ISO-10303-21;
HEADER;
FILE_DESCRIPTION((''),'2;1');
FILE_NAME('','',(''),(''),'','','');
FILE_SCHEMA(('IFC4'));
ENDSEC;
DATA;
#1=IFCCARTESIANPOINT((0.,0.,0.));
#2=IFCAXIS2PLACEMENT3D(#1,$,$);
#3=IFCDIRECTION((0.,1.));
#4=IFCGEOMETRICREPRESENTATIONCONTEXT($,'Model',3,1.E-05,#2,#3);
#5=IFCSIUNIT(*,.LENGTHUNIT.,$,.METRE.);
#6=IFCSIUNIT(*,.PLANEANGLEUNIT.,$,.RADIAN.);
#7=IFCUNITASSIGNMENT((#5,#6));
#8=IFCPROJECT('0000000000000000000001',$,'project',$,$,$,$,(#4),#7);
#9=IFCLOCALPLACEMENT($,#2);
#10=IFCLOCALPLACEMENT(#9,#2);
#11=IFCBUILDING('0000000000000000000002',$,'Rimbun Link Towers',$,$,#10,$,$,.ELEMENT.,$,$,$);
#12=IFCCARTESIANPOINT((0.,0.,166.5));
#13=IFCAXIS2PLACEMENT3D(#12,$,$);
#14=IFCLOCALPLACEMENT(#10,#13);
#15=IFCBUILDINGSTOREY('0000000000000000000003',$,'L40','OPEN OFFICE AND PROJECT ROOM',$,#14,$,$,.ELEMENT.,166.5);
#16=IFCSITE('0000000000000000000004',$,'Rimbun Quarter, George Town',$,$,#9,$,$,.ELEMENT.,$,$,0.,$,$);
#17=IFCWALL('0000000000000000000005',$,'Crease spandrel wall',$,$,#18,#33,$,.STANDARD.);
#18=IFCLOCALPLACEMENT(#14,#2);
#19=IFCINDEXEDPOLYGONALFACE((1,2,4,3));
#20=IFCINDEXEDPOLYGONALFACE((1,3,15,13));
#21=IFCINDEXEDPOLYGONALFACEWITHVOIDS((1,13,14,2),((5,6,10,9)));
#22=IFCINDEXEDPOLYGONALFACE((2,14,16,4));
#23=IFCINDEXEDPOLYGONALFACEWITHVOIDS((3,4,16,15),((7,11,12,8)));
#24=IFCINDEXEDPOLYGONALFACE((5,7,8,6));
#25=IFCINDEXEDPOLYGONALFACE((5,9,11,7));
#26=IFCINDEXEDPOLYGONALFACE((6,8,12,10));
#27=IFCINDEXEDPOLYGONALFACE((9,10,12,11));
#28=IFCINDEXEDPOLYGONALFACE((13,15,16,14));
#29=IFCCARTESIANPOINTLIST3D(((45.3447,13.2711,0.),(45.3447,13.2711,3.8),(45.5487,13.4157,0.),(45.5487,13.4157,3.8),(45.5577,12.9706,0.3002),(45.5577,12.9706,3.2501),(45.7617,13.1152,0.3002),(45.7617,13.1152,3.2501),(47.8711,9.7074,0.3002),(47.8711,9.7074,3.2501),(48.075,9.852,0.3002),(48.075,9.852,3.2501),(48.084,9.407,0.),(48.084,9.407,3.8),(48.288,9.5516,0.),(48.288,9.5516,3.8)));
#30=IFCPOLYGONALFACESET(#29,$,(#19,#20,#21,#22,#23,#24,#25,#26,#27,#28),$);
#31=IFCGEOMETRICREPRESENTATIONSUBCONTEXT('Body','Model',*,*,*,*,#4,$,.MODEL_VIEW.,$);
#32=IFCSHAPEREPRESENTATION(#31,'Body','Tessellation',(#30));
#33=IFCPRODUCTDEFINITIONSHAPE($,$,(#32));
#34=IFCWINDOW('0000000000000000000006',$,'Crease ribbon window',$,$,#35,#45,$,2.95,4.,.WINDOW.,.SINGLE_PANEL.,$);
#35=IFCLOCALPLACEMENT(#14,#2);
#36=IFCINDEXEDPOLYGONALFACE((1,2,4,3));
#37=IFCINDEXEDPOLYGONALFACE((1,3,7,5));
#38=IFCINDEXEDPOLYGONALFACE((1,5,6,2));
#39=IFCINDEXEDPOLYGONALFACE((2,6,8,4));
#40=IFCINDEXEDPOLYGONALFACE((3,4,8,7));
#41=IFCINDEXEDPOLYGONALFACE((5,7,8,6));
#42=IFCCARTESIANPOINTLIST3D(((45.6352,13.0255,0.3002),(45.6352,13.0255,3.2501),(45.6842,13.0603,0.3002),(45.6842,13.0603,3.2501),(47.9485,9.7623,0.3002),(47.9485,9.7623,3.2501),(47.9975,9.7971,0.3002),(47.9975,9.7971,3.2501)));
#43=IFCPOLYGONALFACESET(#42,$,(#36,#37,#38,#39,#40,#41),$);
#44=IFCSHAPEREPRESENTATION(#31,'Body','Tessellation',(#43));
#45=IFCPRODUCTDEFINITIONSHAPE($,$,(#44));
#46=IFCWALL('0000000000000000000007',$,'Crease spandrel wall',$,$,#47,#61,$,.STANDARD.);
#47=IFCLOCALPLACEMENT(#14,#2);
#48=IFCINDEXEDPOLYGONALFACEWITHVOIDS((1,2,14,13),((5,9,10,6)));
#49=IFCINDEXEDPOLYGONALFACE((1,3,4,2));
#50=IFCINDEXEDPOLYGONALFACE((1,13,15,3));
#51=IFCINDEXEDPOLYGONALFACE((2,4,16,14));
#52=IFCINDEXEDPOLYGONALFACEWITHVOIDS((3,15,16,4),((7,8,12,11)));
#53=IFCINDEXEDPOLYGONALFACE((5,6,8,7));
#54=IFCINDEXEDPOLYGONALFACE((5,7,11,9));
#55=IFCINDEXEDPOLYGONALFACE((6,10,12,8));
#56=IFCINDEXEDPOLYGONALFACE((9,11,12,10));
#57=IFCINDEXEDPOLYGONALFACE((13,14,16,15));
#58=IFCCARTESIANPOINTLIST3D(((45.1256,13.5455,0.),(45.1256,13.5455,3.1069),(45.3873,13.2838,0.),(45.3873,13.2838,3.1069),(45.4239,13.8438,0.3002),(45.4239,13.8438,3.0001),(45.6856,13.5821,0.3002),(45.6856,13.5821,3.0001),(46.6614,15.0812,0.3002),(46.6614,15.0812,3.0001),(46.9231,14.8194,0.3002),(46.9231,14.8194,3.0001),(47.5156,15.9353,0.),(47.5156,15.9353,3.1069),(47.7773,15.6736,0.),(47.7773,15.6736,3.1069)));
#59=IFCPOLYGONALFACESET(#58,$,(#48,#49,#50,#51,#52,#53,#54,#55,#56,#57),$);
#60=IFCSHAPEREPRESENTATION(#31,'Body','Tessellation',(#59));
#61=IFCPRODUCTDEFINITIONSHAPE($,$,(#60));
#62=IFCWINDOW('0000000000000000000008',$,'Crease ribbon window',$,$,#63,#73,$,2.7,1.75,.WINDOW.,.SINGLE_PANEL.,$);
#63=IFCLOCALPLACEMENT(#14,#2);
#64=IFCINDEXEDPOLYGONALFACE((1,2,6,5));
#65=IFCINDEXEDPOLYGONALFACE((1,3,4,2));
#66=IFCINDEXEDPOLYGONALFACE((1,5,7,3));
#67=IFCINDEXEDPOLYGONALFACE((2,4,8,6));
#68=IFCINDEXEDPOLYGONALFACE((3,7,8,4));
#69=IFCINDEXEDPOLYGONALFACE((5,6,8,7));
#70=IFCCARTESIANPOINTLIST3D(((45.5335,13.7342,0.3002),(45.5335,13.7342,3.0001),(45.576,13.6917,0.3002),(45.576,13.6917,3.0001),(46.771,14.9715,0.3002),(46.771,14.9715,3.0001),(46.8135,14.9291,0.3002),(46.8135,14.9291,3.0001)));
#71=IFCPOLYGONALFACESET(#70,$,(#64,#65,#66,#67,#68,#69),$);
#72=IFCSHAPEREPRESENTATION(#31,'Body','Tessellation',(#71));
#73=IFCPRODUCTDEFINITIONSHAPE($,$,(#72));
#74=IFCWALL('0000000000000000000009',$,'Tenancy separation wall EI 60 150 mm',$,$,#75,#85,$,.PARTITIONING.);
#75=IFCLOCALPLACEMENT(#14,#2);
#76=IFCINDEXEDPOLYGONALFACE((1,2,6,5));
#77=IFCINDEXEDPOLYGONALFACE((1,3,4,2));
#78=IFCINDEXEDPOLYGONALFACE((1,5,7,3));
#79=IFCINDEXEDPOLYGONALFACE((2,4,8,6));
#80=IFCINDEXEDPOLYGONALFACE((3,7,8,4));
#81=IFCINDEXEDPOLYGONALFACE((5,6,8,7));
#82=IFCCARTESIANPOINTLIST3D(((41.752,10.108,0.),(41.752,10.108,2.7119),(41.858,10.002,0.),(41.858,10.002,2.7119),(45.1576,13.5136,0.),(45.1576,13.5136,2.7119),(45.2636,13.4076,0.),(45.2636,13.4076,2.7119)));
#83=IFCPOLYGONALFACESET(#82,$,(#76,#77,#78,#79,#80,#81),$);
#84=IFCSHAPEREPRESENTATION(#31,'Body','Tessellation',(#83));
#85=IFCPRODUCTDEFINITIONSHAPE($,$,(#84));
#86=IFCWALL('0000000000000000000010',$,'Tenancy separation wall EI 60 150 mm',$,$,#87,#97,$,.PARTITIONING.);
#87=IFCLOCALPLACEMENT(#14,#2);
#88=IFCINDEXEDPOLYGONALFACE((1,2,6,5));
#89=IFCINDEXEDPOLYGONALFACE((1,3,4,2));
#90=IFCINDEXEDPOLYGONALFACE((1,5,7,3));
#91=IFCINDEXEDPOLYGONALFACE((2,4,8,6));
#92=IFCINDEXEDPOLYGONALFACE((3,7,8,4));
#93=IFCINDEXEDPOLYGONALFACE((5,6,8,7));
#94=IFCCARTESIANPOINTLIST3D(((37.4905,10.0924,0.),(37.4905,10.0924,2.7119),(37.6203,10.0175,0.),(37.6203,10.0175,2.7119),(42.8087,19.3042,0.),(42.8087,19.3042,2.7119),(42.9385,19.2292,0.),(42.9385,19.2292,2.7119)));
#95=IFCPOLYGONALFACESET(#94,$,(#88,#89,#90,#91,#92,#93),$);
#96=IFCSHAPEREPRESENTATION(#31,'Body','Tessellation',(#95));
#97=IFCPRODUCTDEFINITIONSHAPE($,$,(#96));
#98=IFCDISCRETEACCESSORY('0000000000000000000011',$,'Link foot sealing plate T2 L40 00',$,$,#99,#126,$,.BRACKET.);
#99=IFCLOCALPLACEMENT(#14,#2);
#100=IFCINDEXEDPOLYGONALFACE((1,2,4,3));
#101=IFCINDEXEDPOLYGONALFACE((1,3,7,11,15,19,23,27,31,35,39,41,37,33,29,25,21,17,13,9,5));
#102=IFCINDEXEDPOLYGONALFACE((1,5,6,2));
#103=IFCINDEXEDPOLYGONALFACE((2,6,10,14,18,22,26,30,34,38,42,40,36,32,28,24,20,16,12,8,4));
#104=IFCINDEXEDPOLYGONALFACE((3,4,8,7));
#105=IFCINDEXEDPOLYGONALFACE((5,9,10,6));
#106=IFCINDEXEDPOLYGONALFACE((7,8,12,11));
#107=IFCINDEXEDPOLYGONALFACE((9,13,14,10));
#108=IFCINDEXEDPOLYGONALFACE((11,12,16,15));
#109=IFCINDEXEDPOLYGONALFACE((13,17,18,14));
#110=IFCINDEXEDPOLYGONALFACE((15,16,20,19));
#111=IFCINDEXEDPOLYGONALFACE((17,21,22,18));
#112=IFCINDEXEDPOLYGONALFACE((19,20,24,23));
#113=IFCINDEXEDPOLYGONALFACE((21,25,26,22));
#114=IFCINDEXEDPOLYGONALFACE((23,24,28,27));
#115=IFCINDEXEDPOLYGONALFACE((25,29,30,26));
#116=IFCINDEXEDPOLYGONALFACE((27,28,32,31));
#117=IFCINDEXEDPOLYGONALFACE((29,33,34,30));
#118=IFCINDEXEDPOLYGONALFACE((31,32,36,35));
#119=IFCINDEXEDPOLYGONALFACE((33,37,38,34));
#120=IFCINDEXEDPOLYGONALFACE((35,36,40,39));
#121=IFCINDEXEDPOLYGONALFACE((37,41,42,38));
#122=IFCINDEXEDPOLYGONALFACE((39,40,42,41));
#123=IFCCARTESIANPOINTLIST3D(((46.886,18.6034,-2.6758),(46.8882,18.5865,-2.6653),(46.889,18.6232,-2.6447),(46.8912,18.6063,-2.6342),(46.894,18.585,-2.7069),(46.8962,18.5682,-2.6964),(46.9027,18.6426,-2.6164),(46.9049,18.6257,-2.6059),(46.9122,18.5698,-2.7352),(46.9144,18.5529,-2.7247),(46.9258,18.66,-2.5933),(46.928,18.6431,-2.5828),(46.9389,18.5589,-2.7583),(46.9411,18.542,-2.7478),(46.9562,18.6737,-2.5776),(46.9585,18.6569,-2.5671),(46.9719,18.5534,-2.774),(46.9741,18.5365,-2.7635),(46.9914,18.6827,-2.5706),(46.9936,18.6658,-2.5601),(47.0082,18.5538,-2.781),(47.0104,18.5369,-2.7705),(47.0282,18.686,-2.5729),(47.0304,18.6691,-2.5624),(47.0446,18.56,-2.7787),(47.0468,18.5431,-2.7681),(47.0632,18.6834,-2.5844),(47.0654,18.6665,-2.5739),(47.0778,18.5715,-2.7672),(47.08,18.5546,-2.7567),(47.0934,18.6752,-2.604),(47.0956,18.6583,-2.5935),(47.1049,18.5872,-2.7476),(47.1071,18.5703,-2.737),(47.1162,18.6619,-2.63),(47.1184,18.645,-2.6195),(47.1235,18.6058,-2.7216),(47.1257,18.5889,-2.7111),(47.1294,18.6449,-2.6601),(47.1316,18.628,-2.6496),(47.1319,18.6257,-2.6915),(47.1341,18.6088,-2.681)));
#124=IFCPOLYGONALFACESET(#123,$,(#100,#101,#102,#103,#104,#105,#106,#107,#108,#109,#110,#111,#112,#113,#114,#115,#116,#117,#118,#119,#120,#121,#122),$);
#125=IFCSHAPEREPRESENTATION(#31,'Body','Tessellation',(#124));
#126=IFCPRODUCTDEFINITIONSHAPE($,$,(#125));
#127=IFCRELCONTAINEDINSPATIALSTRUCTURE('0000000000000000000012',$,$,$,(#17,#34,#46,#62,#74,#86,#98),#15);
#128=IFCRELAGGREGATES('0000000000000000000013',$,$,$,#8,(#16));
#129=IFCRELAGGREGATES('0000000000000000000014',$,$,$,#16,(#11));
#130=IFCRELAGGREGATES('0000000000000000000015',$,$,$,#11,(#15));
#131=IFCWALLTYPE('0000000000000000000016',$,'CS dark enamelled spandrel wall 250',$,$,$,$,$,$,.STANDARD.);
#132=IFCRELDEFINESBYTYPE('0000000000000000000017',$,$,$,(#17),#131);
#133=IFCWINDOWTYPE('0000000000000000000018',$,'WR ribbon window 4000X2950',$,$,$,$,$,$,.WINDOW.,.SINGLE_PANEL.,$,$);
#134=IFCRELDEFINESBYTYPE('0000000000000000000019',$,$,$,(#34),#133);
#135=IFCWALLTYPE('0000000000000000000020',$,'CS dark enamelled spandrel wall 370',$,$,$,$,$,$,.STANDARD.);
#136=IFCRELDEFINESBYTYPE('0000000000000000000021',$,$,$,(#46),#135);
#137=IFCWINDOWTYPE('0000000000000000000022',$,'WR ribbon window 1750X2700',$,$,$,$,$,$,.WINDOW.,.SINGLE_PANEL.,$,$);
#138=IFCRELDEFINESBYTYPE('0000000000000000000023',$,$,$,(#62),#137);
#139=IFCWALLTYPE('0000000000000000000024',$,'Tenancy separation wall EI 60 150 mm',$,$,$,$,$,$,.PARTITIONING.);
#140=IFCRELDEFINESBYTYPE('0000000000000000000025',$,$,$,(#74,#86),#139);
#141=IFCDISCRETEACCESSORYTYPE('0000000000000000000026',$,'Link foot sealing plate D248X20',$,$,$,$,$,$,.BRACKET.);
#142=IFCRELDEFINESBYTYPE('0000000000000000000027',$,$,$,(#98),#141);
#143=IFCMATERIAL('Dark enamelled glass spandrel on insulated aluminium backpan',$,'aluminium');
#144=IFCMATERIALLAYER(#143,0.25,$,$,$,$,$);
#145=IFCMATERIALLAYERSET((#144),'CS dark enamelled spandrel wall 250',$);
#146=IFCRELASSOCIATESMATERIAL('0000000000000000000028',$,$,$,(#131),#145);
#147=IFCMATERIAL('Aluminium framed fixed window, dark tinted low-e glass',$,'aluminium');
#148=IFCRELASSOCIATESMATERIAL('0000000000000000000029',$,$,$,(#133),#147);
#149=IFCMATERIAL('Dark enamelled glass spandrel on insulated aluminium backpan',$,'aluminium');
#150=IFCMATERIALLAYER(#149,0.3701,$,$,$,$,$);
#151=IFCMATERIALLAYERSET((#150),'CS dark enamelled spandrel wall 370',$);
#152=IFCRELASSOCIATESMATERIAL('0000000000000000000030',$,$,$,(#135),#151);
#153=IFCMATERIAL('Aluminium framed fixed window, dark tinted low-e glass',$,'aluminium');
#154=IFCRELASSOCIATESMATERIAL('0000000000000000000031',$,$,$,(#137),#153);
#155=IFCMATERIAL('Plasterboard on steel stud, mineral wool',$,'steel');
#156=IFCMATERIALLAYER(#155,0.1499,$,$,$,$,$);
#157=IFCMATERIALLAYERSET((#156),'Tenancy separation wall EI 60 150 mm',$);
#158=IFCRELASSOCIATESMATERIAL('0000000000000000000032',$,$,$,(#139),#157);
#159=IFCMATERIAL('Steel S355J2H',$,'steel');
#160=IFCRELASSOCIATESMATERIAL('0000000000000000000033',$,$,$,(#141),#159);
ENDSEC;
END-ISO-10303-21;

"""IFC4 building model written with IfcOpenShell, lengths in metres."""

from ifc_helpers import new_model, si_unit, direction, frame, frame_2d, origin, origin_2d, place, context, subcontext, project, spatial, rectangle, circle, extrude, material, layer, layer_set, material_profile, profile_set, type_object, element, fill, save


model = new_model("IFC4")

# Units and contexts
model_context = context("Model", 3, precision=1e-05, world=origin(), true_north=direction((0.0, 1.0)))
body_context = subcontext(model_context, "Body", "Model", "MODEL_VIEW")
ifc_project = project(units=[si_unit("LENGTHUNIT", "METRE"), si_unit("PLANEANGLEUNIT", "RADIAN")], contexts=[model_context])

# Site, building, storey
site_placement = place(None, origin())
site = spatial("IfcSite", under=ifc_project, at=site_placement, Name="Rimbun Quarter, George Town", CompositionType="ELEMENT", RefElevation=0.0)
building_placement = place(site_placement, origin())
building = spatial("IfcBuilding", under=site, at=building_placement, Name="Rimbun Link Towers", CompositionType="ELEMENT")
storey_placement = place(building_placement, frame((0.0, 0.0, 166.5)))
storey = spatial("IfcBuildingStorey", under=building, at=storey_placement, Name="L40", Description="OPEN OFFICE AND PROJECT ROOM", CompositionType="ELEMENT", Elevation=166.5)

# Walls, openings, windows
ifc_material_1 = material(Name="Dark enamelled glass spandrel on insulated aluminium backpan", Category="aluminium")
ifc_layer_1 = layer(ifc_material_1, 0.25)
ifc_layer_set_1 = layer_set([ifc_layer_1], Name="CS dark enamelled spandrel wall 250")
wall_type_1 = type_object("IfcWallType", Name="CS dark enamelled spandrel wall 250", PredefinedType="STANDARD", material=ifc_layer_set_1)
wall_1_placement = place(storey_placement, frame((45.4468, 13.3433, 0.0), z_axis=(0.0, 0.0, 1.0), x_axis=(0.578333, -0.815801, 0.0)))
wall_1 = element("IfcWall", 1, at=wall_1_placement, inside=storey, type_object=wall_type_1, Name="Crease spandrel wall", PredefinedType="STANDARD", context=body_context, shape_type="SweptSolid", body=[
    extrude(rectangle(XDim=4.7366, YDim=0.25, at=frame_2d((2.3682, 0.0))), origin(), (0.0, 0.0, 1.0), 3.8),
])
opening_1_placement = place(wall_1_placement, frame((0.3682, 0.0, 0.3)))
opening_1 = element("IfcOpeningElement", 2, at=opening_1_placement, cuts=wall_1, PredefinedType="OPENING", context=body_context, shape_type="SweptSolid", body=[
    extrude(rectangle(XDim=4.0, YDim=2.95, at=frame_2d((2.0, 1.4751))), frame((0.0, 0.135, 0.0), z_axis=(0.0, -1.0, 0.0), x_axis=(1.0, 0.0, 0.0)), (0.0, 0.0, 1.0), 0.27),
])
ifc_material_2 = material(Name="Aluminium framed fixed window, dark tinted low-e glass", Category="aluminium")
window_type_1 = type_object("IfcWindowType", Name="WR ribbon window 4000X2950", PartitioningType="SINGLE_PANEL", PredefinedType="WINDOW", material=ifc_material_2)
window_1_placement = place(opening_1_placement, origin())
window_1 = element("IfcWindow", 3, at=window_1_placement, inside=storey, type_object=window_type_1, Name="Crease ribbon window", OverallHeight=2.95, OverallWidth=4.0, PartitioningType="SINGLE_PANEL", PredefinedType="WINDOW", context=body_context, shape_type="SweptSolid", body=[
    extrude(rectangle(XDim=4.0, YDim=2.95, at=frame_2d((2.0, 1.4751))), frame((0.0, 0.03, 0.0), z_axis=(0.0, -1.0, 0.0), x_axis=(1.0, 0.0, 0.0)), (0.0, 0.0, 1.0), 0.0601),
])
fill(opening_1, window_1)
ifc_material_3 = material(Name="Dark enamelled glass spandrel on insulated aluminium backpan", Category="aluminium")
ifc_layer_2 = layer(ifc_material_3, 0.3701)
ifc_layer_set_2 = layer_set([ifc_layer_2], Name="CS dark enamelled spandrel wall 370")
wall_type_2 = type_object("IfcWallType", Name="CS dark enamelled spandrel wall 370", PredefinedType="STANDARD", material=ifc_layer_set_2)
wall_2_placement = place(storey_placement, frame((47.6465, 15.8044, 0.0), z_axis=(0.0, 0.0, 1.0), x_axis=(-0.707143, -0.707071, 0.0)))
wall_2 = element("IfcWall", 4, at=wall_2_placement, inside=storey, type_object=wall_type_2, Name="Crease spandrel wall", PredefinedType="STANDARD", context=body_context, shape_type="SweptSolid", body=[
    extrude(rectangle(XDim=3.3799, YDim=0.3701, at=frame_2d((1.6899, 0.0))), origin(), (0.0, 0.0, 1.0), 3.1069),
])
opening_2_placement = place(wall_2_placement, frame((1.208, 0.0, 0.3)))
opening_2 = element("IfcOpeningElement", 5, at=opening_2_placement, cuts=wall_2, PredefinedType="OPENING", context=body_context, shape_type="SweptSolid", body=[
    extrude(rectangle(XDim=1.75, YDim=2.7, at=frame_2d((0.875, 1.3501))), frame((0.0, 0.1951, 0.0), z_axis=(0.0, -1.0, 0.0), x_axis=(1.0, 0.0, 0.0)), (0.0, 0.0, 1.0), 0.3901),
])
ifc_material_4 = material(Name="Aluminium framed fixed window, dark tinted low-e glass", Category="aluminium")
window_type_2 = type_object("IfcWindowType", Name="WR ribbon window 1750X2700", PartitioningType="SINGLE_PANEL", PredefinedType="WINDOW", material=ifc_material_4)
window_2_placement = place(opening_2_placement, origin())
window_2 = element("IfcWindow", 6, at=window_2_placement, inside=storey, type_object=window_type_2, Name="Crease ribbon window", OverallHeight=2.7, OverallWidth=1.75, PartitioningType="SINGLE_PANEL", PredefinedType="WINDOW", context=body_context, shape_type="SweptSolid", body=[
    extrude(rectangle(XDim=1.75, YDim=2.7, at=frame_2d((0.875, 1.3501))), frame((0.0, 0.03, 0.0), z_axis=(0.0, -1.0, 0.0), x_axis=(1.0, 0.0, 0.0)), (0.0, 0.0, 1.0), 0.0601),
])
fill(opening_2, window_2)

# Walls
ifc_material_5 = material(Name="Plasterboard on steel stud, mineral wool", Category="steel")
ifc_layer_3 = layer(ifc_material_5, 0.1499)
ifc_layer_set_3 = layer_set([ifc_layer_3], Name="Tenancy separation wall EI 60 150 mm")
wall_type_3 = type_object("IfcWallType", Name="Tenancy separation wall EI 60 150 mm", PredefinedType="PARTITIONING", material=ifc_layer_set_3)
wall_3_placement = place(storey_placement, frame((41.8049, 10.0549, 0.0), z_axis=(0.0, 0.0, 1.0), x_axis=(0.707107, 0.707107, 0.0)))
element("IfcWall", 7, at=wall_3_placement, inside=storey, type_object=wall_type_3, Name="Tenancy separation wall EI 60 150 mm", PredefinedType="PARTITIONING", context=body_context, shape_type="SweptSolid", body=[
    extrude(rectangle(XDim=4.8162, YDim=0.1499, at=frame_2d((2.4082, 0.0))), origin(), (0.0, 0.0, 1.0), 2.7119),
])
wall_4_placement = place(storey_placement, frame((37.5554, 10.0549, 0.0), z_axis=(0.0, 0.0, 1.0), x_axis=(0.499983, 0.866035, 0.0)))
element("IfcWall", 8, at=wall_4_placement, inside=storey, type_object=wall_type_3, Name="Tenancy separation wall EI 60 150 mm", PredefinedType="PARTITIONING", context=body_context, shape_type="SweptSolid", body=[
    extrude(rectangle(XDim=10.6367, YDim=0.1499, at=frame_2d((5.3184, 0.0))), origin(), (0.0, 0.0, 1.0), 2.7119),
])

# Discrete accessory
ifc_material_6 = material(Name="Steel S355J2H", Category="steel")
ifc_material_profile_1 = material_profile(ifc_material_6, circle(Radius=0.124, at=origin_2d()), Name="PL D248")
ifc_profile_set_1 = profile_set([ifc_material_profile_1], Name="Steel S355J2H")
discrete_accessory_type = type_object("IfcDiscreteAccessoryType", Name="Link foot sealing plate D248X20", PredefinedType="BRACKET", material=ifc_profile_set_1)
discrete_accessory_placement = place(storey_placement, frame((47.0112, 18.6025, -2.6653), z_axis=(-0.110026, 0.843536, -0.525682), x_axis=(-0.9916, -0.129339, 0.0)))
element("IfcDiscreteAccessory", 9, at=discrete_accessory_placement, inside=storey, type_object=discrete_accessory_type, Name="Link foot sealing plate T2 L40 00", PredefinedType="BRACKET", context=body_context, shape_type="SweptSolid", body=[
    extrude(circle(Radius=0.124, at=origin_2d()), origin(), (0.0, 0.0, 1.0), 0.02),
])

save(model, "model.ifc")
